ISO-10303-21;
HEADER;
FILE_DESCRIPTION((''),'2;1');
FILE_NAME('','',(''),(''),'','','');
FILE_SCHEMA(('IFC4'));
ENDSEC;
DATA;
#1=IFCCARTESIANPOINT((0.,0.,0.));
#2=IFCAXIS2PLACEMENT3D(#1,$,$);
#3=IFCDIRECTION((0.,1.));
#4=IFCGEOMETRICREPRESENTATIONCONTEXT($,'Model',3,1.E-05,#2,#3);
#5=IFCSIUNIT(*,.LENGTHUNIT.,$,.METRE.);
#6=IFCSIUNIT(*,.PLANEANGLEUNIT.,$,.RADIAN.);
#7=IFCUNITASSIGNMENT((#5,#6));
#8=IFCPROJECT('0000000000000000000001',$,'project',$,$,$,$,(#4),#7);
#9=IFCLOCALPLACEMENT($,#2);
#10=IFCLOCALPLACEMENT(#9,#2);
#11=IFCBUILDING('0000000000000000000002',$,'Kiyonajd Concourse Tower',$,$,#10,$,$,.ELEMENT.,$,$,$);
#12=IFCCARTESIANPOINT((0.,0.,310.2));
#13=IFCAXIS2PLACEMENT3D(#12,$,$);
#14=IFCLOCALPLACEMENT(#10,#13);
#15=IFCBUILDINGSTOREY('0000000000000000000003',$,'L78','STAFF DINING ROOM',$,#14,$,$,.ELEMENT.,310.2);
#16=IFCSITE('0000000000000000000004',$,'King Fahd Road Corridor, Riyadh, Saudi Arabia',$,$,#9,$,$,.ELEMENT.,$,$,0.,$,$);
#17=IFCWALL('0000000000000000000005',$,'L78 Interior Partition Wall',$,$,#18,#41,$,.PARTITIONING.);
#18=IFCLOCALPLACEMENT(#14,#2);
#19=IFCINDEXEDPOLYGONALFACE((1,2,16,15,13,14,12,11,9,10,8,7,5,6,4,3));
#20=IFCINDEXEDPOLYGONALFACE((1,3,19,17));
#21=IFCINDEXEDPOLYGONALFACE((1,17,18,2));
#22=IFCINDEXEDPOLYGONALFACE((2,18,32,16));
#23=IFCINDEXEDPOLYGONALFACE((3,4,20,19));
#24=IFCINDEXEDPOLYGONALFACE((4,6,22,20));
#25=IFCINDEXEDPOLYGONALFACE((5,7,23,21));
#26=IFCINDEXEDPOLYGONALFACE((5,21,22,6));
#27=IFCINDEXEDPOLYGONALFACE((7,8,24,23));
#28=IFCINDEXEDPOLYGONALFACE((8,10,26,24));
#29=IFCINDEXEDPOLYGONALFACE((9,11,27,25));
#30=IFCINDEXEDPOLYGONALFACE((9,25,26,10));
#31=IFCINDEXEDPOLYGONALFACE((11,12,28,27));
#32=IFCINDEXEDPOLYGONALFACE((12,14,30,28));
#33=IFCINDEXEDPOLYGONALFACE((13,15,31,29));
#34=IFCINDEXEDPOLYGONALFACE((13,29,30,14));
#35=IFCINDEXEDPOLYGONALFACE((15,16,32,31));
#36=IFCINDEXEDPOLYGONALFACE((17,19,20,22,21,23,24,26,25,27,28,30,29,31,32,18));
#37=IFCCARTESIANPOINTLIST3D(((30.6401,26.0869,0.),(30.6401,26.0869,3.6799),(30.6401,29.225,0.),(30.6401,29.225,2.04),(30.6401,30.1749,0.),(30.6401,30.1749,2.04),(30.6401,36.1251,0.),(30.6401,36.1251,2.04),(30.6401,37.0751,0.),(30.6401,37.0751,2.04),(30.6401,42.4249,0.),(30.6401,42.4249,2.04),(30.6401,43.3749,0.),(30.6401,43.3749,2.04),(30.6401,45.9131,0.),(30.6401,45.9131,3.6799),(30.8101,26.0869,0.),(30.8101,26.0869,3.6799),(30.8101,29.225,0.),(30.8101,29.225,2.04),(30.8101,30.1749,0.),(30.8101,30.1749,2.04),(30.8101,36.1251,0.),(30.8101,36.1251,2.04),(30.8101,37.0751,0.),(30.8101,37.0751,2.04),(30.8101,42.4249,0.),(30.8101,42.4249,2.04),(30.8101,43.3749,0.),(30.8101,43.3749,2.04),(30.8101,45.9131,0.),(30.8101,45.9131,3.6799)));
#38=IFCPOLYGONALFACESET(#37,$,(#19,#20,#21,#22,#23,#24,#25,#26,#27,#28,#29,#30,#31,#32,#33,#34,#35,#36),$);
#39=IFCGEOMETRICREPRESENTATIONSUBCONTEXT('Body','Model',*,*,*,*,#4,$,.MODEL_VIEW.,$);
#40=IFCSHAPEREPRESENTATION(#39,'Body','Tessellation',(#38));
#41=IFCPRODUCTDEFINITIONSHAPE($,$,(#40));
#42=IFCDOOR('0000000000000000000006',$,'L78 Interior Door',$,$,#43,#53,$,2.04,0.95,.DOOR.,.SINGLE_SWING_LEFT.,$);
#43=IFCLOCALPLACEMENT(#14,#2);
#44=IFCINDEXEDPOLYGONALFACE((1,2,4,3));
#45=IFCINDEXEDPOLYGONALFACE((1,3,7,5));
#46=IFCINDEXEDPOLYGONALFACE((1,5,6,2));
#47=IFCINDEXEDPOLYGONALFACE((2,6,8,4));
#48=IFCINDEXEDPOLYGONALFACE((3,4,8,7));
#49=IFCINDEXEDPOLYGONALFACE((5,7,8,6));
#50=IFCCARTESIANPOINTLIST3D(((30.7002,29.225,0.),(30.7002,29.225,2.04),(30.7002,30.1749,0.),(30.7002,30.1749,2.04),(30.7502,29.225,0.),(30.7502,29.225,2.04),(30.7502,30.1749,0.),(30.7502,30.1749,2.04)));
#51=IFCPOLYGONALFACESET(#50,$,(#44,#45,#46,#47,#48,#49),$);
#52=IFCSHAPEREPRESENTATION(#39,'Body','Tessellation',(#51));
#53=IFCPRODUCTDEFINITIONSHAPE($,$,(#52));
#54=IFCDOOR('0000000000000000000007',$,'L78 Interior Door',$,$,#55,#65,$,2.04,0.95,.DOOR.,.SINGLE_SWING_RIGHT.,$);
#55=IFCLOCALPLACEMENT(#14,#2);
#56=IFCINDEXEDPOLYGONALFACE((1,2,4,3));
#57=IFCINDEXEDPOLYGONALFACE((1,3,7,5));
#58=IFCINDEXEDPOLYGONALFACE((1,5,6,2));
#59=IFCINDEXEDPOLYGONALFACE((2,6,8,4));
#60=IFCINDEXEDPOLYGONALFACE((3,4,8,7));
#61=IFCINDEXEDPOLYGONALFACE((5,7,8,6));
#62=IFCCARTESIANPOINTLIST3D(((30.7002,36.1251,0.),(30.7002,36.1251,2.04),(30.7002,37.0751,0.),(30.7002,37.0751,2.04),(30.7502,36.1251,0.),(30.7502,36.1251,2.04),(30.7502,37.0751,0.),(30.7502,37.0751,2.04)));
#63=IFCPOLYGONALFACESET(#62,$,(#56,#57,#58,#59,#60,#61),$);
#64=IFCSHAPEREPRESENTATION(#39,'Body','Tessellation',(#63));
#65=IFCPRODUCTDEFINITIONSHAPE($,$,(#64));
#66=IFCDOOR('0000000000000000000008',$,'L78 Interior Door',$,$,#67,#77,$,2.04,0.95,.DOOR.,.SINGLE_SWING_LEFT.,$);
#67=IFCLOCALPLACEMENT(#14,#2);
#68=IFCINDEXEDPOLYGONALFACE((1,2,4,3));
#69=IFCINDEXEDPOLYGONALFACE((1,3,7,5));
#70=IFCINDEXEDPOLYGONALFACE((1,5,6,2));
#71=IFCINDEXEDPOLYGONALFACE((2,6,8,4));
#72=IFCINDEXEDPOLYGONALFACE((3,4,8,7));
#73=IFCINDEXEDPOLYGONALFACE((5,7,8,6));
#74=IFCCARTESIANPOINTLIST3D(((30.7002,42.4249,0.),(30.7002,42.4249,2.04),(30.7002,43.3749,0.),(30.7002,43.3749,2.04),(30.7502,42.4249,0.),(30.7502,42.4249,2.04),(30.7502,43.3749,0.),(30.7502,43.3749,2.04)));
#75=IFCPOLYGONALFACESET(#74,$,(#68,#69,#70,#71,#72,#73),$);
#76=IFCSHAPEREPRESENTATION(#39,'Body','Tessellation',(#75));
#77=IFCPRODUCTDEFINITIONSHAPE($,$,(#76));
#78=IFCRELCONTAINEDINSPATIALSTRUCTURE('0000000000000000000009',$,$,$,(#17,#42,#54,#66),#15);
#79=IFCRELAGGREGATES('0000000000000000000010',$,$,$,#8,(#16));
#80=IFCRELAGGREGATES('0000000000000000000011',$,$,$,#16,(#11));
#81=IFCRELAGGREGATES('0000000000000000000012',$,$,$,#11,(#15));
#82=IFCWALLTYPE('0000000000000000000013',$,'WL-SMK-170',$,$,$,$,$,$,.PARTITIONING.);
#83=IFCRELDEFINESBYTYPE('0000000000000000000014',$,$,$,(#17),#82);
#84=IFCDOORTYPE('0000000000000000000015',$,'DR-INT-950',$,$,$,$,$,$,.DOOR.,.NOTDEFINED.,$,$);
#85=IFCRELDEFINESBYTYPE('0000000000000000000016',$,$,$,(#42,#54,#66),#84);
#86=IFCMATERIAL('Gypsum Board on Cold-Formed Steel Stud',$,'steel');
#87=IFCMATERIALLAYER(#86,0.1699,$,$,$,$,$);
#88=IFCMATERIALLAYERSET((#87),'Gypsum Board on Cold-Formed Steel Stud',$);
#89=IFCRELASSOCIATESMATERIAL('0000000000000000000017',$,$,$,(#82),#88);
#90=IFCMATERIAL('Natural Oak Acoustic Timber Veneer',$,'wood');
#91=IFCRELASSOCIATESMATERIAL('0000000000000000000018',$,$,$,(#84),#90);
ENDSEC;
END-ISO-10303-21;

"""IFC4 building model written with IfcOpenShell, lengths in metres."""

from ifc_helpers import new_model, si_unit, direction, frame, frame_2d, origin, place, context, subcontext, project, spatial, rectangle, extrude, material, layer, layer_set, type_object, element, fill, save


model = new_model("IFC4")

# Units and contexts
model_context = context("Model", 3, precision=1e-05, world=origin(), true_north=direction((0.0, 1.0)))
body_context = subcontext(model_context, "Body", "Model", "MODEL_VIEW")
ifc_project = project(units=[si_unit("LENGTHUNIT", "METRE"), si_unit("PLANEANGLEUNIT", "RADIAN")], contexts=[model_context])

# Site, building, storey
site_placement = place(None, origin())
site = spatial("IfcSite", under=ifc_project, at=site_placement, Name="King Fahd Road Corridor, Riyadh, Saudi Arabia", CompositionType="ELEMENT", RefElevation=0.0)
building_placement = place(site_placement, origin())
building = spatial("IfcBuilding", under=site, at=building_placement, Name="Kiyonajd Concourse Tower", CompositionType="ELEMENT")
storey_placement = place(building_placement, frame((0.0, 0.0, 310.2)))
storey = spatial("IfcBuildingStorey", under=building, at=storey_placement, Name="L78", Description="STAFF DINING ROOM", CompositionType="ELEMENT", Elevation=310.2)

# Shared definitions
ifc_material_1 = material(Name="Gypsum Board on Cold-Formed Steel Stud", Category="steel")
ifc_material_2 = material(Name="Natural Oak Acoustic Timber Veneer", Category="wood")

# Wall, openings, doors
ifc_layer_1 = layer(ifc_material_1, 0.1699)
ifc_layer_set_1 = layer_set([ifc_layer_1], Name="Gypsum Board on Cold-Formed Steel Stud")
wall_type_1 = type_object("IfcWallType", Name="WL-SMK-170", PredefinedType="PARTITIONING", material=ifc_layer_set_1)
door_type_1 = type_object("IfcDoorType", Name="DR-INT-950", OperationType="NOTDEFINED", PredefinedType="DOOR", material=ifc_material_2)
wall_1_placement = place(storey_placement, frame((30.7251, 26.0869, 0.0), z_axis=(0.0, 0.0, 1.0), x_axis=(0.0, 1.0, 0.0)))
wall_1 = element("IfcWall", 1, at=wall_1_placement, inside=storey, type_object=wall_type_1, Name="L78 Interior Partition Wall", PredefinedType="PARTITIONING", context=body_context, shape_type="SweptSolid", body=[
    extrude(rectangle(XDim=19.8262, YDim=0.1699, at=frame_2d((9.9131, 0.0))), origin(), (0.0, 0.0, 1.0), 3.6799),
])
opening_1_placement = place(wall_1_placement, frame((3.1379, 0.0, 0.0)))
opening_1 = element("IfcOpeningElement", 2, at=opening_1_placement, cuts=wall_1, PredefinedType="OPENING", context=body_context, shape_type="SweptSolid", body=[
    extrude(rectangle(XDim=0.95, YDim=2.04, at=frame_2d((0.4751, 1.02))), frame((0.0, 0.095, 0.0), z_axis=(0.0, -1.0, 0.0), x_axis=(1.0, 0.0, 0.0)), (0.0, 0.0, 1.0), 0.1899),
])
opening_2_placement = place(wall_1_placement, frame((10.0381, 0.0, 0.0)))
opening_2 = element("IfcOpeningElement", 3, at=opening_2_placement, cuts=wall_1, PredefinedType="OPENING", context=body_context, shape_type="SweptSolid", body=[
    extrude(rectangle(XDim=0.95, YDim=2.04, at=frame_2d((0.4751, 1.02))), frame((0.0, 0.095, 0.0), z_axis=(0.0, -1.0, 0.0), x_axis=(1.0, 0.0, 0.0)), (0.0, 0.0, 1.0), 0.1899),
])
opening_3_placement = place(wall_1_placement, frame((16.3379, 0.0, 0.0)))
opening_3 = element("IfcOpeningElement", 4, at=opening_3_placement, cuts=wall_1, PredefinedType="OPENING", context=body_context, shape_type="SweptSolid", body=[
    extrude(rectangle(XDim=0.95, YDim=2.04, at=frame_2d((0.4751, 1.02))), frame((0.0, 0.095, 0.0), z_axis=(0.0, -1.0, 0.0), x_axis=(1.0, 0.0, 0.0)), (0.0, 0.0, 1.0), 0.1899),
])
door_1_placement = place(opening_1_placement, origin())
door_1 = element("IfcDoor", 5, at=door_1_placement, inside=storey, type_object=door_type_1, Name="L78 Interior Door", OperationType="SINGLE_SWING_LEFT", OverallHeight=2.04, OverallWidth=0.95, PredefinedType="DOOR", context=body_context, shape_type="SweptSolid", body=[
    extrude(rectangle(XDim=0.95, YDim=2.04, at=frame_2d((0.4751, 1.02))), frame((0.0, 0.0249, 0.0), z_axis=(0.0, -1.0, 0.0), x_axis=(1.0, 0.0, 0.0)), (0.0, 0.0, 1.0), 0.05),
])
fill(opening_1, door_1)
door_2_placement = place(opening_2_placement, origin())
door_2 = element("IfcDoor", 6, at=door_2_placement, inside=storey, type_object=door_type_1, Name="L78 Interior Door", OperationType="SINGLE_SWING_RIGHT", OverallHeight=2.04, OverallWidth=0.95, PredefinedType="DOOR", context=body_context, shape_type="SweptSolid", body=[
    extrude(rectangle(XDim=0.95, YDim=2.04, at=frame_2d((0.4751, 1.02))), frame((0.0, 0.0249, 0.0), z_axis=(0.0, -1.0, 0.0), x_axis=(1.0, 0.0, 0.0)), (0.0, 0.0, 1.0), 0.05),
])
fill(opening_2, door_2)
door_3_placement = place(opening_3_placement, origin())
door_3 = element("IfcDoor", 7, at=door_3_placement, inside=storey, type_object=door_type_1, Name="L78 Interior Door", OperationType="SINGLE_SWING_LEFT", OverallHeight=2.04, OverallWidth=0.95, PredefinedType="DOOR", context=body_context, shape_type="SweptSolid", body=[
    extrude(rectangle(XDim=0.95, YDim=2.04, at=frame_2d((0.4751, 1.02))), frame((0.0, 0.0249, 0.0), z_axis=(0.0, -1.0, 0.0), x_axis=(1.0, 0.0, 0.0)), (0.0, 0.0, 1.0), 0.05),
])
fill(opening_3, door_3)

save(model, "model.ifc")
